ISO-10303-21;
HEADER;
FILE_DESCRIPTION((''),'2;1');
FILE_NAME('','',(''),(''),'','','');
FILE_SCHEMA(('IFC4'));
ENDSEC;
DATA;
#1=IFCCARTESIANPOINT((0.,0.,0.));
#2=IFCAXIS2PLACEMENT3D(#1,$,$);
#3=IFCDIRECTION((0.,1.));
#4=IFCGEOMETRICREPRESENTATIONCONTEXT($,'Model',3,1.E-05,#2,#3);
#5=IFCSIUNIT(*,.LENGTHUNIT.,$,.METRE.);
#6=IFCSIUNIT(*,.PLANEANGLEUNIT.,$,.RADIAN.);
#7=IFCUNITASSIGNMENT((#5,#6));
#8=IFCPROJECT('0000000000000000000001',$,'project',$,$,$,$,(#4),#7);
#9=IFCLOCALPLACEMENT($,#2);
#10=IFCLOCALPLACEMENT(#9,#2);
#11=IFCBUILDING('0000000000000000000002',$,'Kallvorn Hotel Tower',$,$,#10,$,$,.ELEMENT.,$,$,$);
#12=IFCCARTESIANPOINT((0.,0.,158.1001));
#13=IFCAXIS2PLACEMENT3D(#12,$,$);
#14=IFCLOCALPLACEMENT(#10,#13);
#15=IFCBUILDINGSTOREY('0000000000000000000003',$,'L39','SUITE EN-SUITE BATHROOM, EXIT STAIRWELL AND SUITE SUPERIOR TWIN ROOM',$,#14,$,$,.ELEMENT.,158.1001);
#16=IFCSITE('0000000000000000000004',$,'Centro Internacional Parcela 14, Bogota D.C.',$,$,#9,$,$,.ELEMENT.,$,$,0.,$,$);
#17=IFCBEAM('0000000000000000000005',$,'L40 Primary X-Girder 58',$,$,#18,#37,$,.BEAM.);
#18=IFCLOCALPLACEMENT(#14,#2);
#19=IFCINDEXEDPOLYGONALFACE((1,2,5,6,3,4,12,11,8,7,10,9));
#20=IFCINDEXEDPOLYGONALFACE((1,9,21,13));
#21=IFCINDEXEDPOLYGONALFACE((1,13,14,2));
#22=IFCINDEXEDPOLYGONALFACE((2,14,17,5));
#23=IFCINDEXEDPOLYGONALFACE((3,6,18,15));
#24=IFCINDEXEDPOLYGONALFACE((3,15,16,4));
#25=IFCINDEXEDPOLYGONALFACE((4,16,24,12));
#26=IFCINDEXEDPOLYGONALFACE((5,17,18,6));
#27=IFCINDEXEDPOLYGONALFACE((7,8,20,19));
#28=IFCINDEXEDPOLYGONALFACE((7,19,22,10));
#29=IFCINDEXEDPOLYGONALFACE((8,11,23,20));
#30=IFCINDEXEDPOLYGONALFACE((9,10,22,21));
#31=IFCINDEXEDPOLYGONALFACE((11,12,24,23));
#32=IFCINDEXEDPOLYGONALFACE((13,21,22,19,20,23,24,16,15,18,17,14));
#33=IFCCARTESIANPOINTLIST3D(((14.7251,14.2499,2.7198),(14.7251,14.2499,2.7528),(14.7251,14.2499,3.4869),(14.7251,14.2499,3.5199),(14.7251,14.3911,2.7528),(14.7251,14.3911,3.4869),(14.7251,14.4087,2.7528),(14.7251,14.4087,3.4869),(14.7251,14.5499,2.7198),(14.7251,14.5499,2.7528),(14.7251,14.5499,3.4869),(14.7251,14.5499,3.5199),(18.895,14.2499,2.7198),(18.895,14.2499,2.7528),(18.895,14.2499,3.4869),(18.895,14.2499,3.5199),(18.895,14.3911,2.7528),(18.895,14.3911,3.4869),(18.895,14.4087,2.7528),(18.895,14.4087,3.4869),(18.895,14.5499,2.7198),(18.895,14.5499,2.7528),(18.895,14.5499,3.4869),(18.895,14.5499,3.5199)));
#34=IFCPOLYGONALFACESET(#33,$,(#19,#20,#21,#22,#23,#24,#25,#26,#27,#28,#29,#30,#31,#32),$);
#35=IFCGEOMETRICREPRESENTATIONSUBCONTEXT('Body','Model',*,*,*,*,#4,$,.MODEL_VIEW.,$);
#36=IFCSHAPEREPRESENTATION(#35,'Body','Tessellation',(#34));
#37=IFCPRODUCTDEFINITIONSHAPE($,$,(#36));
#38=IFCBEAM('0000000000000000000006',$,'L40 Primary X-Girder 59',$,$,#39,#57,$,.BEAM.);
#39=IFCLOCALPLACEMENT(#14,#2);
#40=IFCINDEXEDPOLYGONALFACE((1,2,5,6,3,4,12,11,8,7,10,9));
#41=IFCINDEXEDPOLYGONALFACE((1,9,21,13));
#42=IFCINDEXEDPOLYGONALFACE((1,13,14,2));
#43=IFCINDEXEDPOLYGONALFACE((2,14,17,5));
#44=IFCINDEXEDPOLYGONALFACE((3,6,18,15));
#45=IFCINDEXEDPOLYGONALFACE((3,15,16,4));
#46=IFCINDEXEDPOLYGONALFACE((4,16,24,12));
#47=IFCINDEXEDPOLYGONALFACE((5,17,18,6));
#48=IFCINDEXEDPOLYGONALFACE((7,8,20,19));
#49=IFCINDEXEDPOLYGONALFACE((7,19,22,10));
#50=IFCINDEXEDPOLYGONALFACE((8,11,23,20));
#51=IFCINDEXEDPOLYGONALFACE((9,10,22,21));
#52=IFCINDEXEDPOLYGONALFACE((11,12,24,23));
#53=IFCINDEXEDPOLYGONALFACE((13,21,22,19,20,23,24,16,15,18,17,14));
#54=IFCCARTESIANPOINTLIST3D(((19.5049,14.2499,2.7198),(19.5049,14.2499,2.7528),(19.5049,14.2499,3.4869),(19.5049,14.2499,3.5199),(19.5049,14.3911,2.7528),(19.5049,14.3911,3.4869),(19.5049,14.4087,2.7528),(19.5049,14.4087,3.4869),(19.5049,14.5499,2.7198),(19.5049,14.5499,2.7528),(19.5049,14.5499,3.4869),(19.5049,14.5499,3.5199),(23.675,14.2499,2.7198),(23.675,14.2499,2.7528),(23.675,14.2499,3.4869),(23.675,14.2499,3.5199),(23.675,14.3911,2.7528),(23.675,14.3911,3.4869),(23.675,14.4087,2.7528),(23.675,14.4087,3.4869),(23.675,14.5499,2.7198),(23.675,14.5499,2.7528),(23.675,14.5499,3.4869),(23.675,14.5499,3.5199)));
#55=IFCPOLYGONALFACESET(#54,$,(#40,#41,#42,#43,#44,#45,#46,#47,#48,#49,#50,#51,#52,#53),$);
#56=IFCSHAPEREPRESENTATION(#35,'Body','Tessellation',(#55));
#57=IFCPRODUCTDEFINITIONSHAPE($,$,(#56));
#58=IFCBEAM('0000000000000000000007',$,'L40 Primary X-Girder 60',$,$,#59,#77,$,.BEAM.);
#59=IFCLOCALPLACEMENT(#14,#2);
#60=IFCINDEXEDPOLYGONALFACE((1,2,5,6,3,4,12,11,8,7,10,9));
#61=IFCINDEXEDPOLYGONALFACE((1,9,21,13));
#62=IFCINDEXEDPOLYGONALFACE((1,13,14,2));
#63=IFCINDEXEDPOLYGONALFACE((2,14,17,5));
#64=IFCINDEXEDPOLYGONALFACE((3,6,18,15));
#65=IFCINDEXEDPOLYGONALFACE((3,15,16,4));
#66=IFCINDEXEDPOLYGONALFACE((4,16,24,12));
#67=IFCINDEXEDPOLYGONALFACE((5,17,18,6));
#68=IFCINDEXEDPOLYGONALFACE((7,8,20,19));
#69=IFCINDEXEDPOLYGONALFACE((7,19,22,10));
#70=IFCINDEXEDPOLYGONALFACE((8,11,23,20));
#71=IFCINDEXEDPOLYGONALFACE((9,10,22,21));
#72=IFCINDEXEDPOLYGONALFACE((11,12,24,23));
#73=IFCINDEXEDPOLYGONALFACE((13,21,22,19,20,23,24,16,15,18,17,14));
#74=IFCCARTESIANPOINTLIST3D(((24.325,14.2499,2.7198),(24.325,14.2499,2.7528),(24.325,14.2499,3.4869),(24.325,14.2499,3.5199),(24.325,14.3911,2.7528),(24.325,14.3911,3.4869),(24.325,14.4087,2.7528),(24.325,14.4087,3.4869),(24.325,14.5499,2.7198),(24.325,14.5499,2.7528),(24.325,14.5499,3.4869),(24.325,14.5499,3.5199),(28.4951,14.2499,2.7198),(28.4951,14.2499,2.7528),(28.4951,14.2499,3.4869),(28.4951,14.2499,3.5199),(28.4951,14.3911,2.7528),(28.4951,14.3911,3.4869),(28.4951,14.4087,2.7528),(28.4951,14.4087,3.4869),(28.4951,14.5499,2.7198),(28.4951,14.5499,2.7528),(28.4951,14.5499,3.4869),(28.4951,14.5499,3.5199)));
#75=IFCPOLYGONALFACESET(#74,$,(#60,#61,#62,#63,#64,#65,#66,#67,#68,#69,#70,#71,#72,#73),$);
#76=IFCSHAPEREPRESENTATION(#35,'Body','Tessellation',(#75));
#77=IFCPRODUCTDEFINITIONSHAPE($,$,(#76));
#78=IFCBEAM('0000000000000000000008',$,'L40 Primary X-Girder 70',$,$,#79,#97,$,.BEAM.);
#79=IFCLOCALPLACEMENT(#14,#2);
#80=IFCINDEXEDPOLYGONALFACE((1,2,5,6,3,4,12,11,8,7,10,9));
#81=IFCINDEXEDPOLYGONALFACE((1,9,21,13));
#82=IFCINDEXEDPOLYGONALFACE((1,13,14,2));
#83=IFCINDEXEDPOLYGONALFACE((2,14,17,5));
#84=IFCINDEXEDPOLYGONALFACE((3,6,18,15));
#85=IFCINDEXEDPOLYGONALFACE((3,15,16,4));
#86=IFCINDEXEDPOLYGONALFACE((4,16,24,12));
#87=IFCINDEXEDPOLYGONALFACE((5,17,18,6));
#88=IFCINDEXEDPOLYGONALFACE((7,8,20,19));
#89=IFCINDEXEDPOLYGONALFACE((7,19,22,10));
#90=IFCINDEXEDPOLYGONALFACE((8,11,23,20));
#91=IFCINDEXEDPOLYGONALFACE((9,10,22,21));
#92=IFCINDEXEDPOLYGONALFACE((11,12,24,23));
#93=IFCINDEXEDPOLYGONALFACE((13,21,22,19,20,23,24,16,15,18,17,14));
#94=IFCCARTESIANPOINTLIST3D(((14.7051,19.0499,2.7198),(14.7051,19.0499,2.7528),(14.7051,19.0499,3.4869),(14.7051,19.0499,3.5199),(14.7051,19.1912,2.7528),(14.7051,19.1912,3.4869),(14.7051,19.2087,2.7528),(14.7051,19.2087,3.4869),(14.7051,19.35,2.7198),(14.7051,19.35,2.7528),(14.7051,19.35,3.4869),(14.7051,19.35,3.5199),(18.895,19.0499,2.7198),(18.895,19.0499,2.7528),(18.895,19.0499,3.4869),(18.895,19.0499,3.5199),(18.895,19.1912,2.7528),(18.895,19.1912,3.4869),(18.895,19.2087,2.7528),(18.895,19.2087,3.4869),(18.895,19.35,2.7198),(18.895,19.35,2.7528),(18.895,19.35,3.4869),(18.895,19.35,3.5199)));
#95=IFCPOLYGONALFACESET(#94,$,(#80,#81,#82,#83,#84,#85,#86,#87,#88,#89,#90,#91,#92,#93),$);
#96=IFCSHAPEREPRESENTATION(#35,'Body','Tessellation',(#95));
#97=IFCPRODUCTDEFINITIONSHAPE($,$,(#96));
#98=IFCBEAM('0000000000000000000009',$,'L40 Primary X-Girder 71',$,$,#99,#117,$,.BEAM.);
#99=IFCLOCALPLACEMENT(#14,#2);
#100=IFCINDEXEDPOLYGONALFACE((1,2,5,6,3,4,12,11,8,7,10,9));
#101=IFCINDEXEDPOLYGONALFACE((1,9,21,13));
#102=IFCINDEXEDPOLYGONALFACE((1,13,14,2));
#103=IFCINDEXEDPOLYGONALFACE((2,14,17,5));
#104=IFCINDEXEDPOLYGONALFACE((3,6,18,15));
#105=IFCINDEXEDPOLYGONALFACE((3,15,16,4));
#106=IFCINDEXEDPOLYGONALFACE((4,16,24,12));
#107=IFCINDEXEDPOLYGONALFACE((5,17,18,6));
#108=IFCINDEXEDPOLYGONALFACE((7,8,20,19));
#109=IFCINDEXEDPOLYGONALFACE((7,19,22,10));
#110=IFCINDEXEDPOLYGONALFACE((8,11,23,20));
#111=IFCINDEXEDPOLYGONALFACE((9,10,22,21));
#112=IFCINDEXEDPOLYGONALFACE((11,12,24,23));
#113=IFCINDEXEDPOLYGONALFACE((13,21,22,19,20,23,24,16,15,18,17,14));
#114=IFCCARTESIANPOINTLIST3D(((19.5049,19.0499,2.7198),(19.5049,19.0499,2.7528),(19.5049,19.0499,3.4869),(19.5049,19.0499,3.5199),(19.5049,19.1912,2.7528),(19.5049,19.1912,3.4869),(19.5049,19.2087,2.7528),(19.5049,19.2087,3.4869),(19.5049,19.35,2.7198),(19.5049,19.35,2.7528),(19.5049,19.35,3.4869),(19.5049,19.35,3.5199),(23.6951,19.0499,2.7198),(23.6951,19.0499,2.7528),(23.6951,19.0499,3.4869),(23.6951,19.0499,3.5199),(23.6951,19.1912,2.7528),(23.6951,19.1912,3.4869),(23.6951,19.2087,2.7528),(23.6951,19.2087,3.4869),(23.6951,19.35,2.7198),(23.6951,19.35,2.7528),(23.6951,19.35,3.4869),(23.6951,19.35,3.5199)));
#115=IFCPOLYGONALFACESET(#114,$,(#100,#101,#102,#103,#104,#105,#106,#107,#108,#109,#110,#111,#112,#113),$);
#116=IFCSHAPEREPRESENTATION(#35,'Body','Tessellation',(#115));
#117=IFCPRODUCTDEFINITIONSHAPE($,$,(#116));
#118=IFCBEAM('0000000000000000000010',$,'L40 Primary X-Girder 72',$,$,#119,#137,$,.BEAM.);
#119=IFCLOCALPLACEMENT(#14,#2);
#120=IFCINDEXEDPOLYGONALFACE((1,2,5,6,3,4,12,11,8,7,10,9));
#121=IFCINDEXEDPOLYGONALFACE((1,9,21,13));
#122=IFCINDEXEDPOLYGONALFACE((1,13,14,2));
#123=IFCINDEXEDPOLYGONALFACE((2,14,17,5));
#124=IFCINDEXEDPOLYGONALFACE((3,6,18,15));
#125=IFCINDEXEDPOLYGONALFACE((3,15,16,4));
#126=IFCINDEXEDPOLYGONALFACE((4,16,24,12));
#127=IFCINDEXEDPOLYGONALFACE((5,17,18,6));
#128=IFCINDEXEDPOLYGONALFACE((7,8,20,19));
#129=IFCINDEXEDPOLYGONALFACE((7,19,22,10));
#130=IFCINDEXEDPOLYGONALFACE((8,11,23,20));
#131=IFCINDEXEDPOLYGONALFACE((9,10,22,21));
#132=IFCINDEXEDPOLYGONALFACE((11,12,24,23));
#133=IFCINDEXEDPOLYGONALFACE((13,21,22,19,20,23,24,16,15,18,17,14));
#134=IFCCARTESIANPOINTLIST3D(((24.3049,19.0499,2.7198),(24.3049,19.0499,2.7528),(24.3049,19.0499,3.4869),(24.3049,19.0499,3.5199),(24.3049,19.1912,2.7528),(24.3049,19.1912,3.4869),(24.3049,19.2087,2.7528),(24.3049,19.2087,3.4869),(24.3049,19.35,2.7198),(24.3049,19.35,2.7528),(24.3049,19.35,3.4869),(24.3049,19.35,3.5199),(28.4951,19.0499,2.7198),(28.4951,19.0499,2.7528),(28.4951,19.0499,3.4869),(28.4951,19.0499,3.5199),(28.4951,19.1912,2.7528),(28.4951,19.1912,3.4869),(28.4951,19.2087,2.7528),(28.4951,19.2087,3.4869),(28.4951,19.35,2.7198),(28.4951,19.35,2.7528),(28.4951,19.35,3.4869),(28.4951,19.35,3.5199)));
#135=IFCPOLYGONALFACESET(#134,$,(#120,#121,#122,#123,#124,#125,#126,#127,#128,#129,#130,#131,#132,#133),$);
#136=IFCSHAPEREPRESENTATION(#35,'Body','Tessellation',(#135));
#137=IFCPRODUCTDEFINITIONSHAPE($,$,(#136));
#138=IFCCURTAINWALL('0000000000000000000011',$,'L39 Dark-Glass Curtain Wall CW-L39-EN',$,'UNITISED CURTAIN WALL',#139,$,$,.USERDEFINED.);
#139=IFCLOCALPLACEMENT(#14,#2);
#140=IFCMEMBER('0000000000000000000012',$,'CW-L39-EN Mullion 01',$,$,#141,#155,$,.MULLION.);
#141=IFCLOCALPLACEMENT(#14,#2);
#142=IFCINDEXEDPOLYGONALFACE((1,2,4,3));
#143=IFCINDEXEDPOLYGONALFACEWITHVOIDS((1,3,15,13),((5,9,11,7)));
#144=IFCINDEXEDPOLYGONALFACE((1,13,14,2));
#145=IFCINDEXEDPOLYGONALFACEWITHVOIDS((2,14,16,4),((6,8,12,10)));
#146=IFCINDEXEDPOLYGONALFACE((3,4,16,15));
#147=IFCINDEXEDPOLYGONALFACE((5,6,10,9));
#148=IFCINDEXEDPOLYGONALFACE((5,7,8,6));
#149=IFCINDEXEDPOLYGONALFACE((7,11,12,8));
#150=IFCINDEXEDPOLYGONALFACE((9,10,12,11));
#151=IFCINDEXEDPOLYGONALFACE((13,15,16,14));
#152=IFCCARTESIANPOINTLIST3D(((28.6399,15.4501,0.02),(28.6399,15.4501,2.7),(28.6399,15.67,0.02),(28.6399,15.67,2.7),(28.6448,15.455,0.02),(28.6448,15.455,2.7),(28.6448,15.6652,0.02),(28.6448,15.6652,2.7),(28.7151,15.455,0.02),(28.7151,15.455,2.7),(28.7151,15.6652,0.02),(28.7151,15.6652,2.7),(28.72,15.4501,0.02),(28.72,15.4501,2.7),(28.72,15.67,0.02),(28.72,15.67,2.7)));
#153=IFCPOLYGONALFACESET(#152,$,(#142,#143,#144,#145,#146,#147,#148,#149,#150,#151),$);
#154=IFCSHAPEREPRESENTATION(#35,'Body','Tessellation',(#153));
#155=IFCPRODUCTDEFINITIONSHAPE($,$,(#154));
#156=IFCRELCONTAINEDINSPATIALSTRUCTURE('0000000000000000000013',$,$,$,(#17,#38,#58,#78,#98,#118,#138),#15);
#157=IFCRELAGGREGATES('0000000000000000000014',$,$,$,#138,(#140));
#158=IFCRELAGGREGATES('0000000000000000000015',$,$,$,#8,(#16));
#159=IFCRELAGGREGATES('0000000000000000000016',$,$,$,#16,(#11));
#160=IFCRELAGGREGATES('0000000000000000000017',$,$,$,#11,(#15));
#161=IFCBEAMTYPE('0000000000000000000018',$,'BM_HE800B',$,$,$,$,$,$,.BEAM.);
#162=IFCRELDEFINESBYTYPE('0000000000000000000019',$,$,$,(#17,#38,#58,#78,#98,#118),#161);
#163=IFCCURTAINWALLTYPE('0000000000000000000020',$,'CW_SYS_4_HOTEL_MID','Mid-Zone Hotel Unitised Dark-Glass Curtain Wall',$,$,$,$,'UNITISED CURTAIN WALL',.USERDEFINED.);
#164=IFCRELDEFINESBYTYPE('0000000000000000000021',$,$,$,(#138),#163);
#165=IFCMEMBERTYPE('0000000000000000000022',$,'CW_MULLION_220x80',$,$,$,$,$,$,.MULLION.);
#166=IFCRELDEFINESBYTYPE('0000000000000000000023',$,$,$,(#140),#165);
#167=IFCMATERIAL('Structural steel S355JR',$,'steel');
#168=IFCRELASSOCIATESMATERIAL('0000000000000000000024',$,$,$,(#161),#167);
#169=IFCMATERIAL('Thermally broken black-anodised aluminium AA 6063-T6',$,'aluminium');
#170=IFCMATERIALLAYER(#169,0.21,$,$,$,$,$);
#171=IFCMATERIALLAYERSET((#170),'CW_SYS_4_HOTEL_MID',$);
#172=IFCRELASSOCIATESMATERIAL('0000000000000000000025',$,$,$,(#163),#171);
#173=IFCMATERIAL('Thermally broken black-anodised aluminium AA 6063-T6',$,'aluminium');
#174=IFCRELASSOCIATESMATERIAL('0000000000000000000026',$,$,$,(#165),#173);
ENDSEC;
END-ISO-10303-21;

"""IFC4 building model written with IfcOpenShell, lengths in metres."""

from ifc_helpers import new_model, si_unit, direction, frame, origin, origin_2d, place, context, subcontext, project, spatial, hollow_rectangle, i_section, extrude, material, layer, layer_set, material_profile, profile_set, type_object, element, aggregate, save


model = new_model("IFC4")

# Units and contexts
model_context = context("Model", 3, precision=1e-05, world=origin(), true_north=direction((0.0, 1.0)))
body_context = subcontext(model_context, "Body", "Model", "MODEL_VIEW")
ifc_project = project(units=[si_unit("LENGTHUNIT", "METRE"), si_unit("PLANEANGLEUNIT", "RADIAN")], contexts=[model_context])

# Site, building, storey
site_placement = place(None, origin())
site = spatial("IfcSite", under=ifc_project, at=site_placement, Name="Centro Internacional Parcela 14, Bogota D.C.", CompositionType="ELEMENT", RefElevation=0.0)
building_placement = place(site_placement, origin())
building = spatial("IfcBuilding", under=site, at=building_placement, Name="Kallvorn Hotel Tower", CompositionType="ELEMENT")
storey_placement = place(building_placement, frame((0.0, 0.0, 158.1001)))
storey = spatial("IfcBuildingStorey", under=building, at=storey_placement, Name="L39", Description="SUITE EN-SUITE BATHROOM, EXIT STAIRWELL AND SUITE SUPERIOR TWIN ROOM", CompositionType="ELEMENT", Elevation=158.1001)

# Beams
ifc_material_1 = material(Name="Structural steel S355JR", Category="steel")
ifc_material_profile_1 = material_profile(ifc_material_1, i_section(OverallWidth=0.3, OverallDepth=0.8, WebThickness=0.0176, FlangeThickness=0.033, at=origin_2d()), Name="HE 800 B")
ifc_profile_set_1 = profile_set([ifc_material_profile_1], Name="Structural steel S355JR")
beam_type_1 = type_object("IfcBeamType", Name="BM_HE800B", PredefinedType="BEAM", material=ifc_profile_set_1)
beam_1_placement = place(storey_placement, frame((14.7251, 14.3999, 3.1199), z_axis=(1.0, 0.0, 0.0), x_axis=(0.0, 1.0, 0.0)))
element("IfcBeam", 1, at=beam_1_placement, inside=storey, type_object=beam_type_1, Name="L40 Primary X-Girder 58", PredefinedType="BEAM", context=body_context, shape_type="SweptSolid", body=[
    extrude(i_section(OverallWidth=0.3, OverallDepth=0.8, WebThickness=0.0176, FlangeThickness=0.033, at=origin_2d()), origin(), (0.0, 0.0, 1.0), 4.1699),
])
for number, where, z_axis, x_axis, name in (
    (2, (19.5049, 14.3999, 3.1199), (1.0, 0.0, 0.0), (0.0, 1.0, 0.0), "L40 Primary X-Girder 59"),
    (3, (24.325, 14.3999, 3.1199), (1.0, 0.0, 0.0), (0.0, 1.0, 0.0), "L40 Primary X-Girder 60"),
):
    element("IfcBeam", number, at=place(storey_placement, frame(where, z_axis=z_axis, x_axis=x_axis)), inside=storey, type_object=beam_type_1, Name=name, PredefinedType="BEAM", context=body_context, shape_type="SweptSolid", body=[
        extrude(i_section(OverallWidth=0.3, OverallDepth=0.8, WebThickness=0.0176, FlangeThickness=0.033, at=origin_2d()), origin(), (0.0, 0.0, 1.0), 4.1702),
    ])
beam_2_placement = place(storey_placement, frame((14.7051, 19.2, 3.1199), z_axis=(1.0, 0.0, 0.0), x_axis=(0.0, 1.0, 0.0)))
element("IfcBeam", 4, at=beam_2_placement, inside=storey, type_object=beam_type_1, Name="L40 Primary X-Girder 70", PredefinedType="BEAM", context=body_context, shape_type="SweptSolid", body=[
    extrude(i_section(OverallWidth=0.3, OverallDepth=0.8, WebThickness=0.0176, FlangeThickness=0.033, at=origin_2d()), origin(), (0.0, 0.0, 1.0), 4.1899),
])
for number, where, z_axis, x_axis, name in (
    (5, (19.5049, 19.2, 3.1199), (1.0, 0.0, 0.0), (0.0, 1.0, 0.0), "L40 Primary X-Girder 71"),
    (6, (24.3049, 19.2, 3.1199), (1.0, 0.0, 0.0), (0.0, 1.0, 0.0), "L40 Primary X-Girder 72"),
):
    element("IfcBeam", number, at=place(storey_placement, frame(where, z_axis=z_axis, x_axis=x_axis)), inside=storey, type_object=beam_type_1, Name=name, PredefinedType="BEAM", context=body_context, shape_type="SweptSolid", body=[
        extrude(i_section(OverallWidth=0.3, OverallDepth=0.8, WebThickness=0.0176, FlangeThickness=0.033, at=origin_2d()), origin(), (0.0, 0.0, 1.0), 4.1902),
    ])

# Curtain wall, member
ifc_material_2 = material(Name="Thermally broken black-anodised aluminium AA 6063-T6", Category="aluminium")
ifc_layer_1 = layer(ifc_material_2, 0.21)
ifc_layer_set_1 = layer_set([ifc_layer_1], Name="CW_SYS_4_HOTEL_MID")
curtain_wall_type = type_object("IfcCurtainWallType", Name="CW_SYS_4_HOTEL_MID", Description="Mid-Zone Hotel Unitised Dark-Glass Curtain Wall", ElementType="UNITISED CURTAIN WALL", PredefinedType="USERDEFINED", material=ifc_layer_set_1)
curtain_wall_placement = place(storey_placement, origin())
curtain_wall = element("IfcCurtainWall", 7, at=curtain_wall_placement, inside=storey, type_object=curtain_wall_type, Name="L39 Dark-Glass Curtain Wall CW-L39-EN", ObjectType="UNITISED CURTAIN WALL", PredefinedType="USERDEFINED")
ifc_material_3 = material(Name="Thermally broken black-anodised aluminium AA 6063-T6", Category="aluminium")
ifc_material_profile_2 = material_profile(ifc_material_3, hollow_rectangle(XDim=0.0801, YDim=0.22, WallThickness=0.0049, at=origin_2d()), Name="MUL 220x80")
ifc_profile_set_2 = profile_set([ifc_material_profile_2], Name="Thermally broken black-anodised aluminium AA 6063-T6")
member_type_1 = type_object("IfcMemberType", Name="CW_MULLION_220x80", PredefinedType="MULLION", material=ifc_profile_set_2)
member_placement = place(storey_placement, frame((28.6799, 15.5601, 0.02), z_axis=(0.0, 0.0, 1.0), x_axis=(1.0, 0.0, 0.0)))
member = element("IfcMember", 8, at=member_placement, type_object=member_type_1, Name="CW-L39-EN Mullion 01", PredefinedType="MULLION", context=body_context, shape_type="SweptSolid", body=[
    extrude(hollow_rectangle(XDim=0.0801, YDim=0.22, WallThickness=0.0049, at=origin_2d()), origin(), (0.0, 0.0, 1.0), 2.6799),
])
aggregate(curtain_wall, [member])

save(model, "model.ifc")
